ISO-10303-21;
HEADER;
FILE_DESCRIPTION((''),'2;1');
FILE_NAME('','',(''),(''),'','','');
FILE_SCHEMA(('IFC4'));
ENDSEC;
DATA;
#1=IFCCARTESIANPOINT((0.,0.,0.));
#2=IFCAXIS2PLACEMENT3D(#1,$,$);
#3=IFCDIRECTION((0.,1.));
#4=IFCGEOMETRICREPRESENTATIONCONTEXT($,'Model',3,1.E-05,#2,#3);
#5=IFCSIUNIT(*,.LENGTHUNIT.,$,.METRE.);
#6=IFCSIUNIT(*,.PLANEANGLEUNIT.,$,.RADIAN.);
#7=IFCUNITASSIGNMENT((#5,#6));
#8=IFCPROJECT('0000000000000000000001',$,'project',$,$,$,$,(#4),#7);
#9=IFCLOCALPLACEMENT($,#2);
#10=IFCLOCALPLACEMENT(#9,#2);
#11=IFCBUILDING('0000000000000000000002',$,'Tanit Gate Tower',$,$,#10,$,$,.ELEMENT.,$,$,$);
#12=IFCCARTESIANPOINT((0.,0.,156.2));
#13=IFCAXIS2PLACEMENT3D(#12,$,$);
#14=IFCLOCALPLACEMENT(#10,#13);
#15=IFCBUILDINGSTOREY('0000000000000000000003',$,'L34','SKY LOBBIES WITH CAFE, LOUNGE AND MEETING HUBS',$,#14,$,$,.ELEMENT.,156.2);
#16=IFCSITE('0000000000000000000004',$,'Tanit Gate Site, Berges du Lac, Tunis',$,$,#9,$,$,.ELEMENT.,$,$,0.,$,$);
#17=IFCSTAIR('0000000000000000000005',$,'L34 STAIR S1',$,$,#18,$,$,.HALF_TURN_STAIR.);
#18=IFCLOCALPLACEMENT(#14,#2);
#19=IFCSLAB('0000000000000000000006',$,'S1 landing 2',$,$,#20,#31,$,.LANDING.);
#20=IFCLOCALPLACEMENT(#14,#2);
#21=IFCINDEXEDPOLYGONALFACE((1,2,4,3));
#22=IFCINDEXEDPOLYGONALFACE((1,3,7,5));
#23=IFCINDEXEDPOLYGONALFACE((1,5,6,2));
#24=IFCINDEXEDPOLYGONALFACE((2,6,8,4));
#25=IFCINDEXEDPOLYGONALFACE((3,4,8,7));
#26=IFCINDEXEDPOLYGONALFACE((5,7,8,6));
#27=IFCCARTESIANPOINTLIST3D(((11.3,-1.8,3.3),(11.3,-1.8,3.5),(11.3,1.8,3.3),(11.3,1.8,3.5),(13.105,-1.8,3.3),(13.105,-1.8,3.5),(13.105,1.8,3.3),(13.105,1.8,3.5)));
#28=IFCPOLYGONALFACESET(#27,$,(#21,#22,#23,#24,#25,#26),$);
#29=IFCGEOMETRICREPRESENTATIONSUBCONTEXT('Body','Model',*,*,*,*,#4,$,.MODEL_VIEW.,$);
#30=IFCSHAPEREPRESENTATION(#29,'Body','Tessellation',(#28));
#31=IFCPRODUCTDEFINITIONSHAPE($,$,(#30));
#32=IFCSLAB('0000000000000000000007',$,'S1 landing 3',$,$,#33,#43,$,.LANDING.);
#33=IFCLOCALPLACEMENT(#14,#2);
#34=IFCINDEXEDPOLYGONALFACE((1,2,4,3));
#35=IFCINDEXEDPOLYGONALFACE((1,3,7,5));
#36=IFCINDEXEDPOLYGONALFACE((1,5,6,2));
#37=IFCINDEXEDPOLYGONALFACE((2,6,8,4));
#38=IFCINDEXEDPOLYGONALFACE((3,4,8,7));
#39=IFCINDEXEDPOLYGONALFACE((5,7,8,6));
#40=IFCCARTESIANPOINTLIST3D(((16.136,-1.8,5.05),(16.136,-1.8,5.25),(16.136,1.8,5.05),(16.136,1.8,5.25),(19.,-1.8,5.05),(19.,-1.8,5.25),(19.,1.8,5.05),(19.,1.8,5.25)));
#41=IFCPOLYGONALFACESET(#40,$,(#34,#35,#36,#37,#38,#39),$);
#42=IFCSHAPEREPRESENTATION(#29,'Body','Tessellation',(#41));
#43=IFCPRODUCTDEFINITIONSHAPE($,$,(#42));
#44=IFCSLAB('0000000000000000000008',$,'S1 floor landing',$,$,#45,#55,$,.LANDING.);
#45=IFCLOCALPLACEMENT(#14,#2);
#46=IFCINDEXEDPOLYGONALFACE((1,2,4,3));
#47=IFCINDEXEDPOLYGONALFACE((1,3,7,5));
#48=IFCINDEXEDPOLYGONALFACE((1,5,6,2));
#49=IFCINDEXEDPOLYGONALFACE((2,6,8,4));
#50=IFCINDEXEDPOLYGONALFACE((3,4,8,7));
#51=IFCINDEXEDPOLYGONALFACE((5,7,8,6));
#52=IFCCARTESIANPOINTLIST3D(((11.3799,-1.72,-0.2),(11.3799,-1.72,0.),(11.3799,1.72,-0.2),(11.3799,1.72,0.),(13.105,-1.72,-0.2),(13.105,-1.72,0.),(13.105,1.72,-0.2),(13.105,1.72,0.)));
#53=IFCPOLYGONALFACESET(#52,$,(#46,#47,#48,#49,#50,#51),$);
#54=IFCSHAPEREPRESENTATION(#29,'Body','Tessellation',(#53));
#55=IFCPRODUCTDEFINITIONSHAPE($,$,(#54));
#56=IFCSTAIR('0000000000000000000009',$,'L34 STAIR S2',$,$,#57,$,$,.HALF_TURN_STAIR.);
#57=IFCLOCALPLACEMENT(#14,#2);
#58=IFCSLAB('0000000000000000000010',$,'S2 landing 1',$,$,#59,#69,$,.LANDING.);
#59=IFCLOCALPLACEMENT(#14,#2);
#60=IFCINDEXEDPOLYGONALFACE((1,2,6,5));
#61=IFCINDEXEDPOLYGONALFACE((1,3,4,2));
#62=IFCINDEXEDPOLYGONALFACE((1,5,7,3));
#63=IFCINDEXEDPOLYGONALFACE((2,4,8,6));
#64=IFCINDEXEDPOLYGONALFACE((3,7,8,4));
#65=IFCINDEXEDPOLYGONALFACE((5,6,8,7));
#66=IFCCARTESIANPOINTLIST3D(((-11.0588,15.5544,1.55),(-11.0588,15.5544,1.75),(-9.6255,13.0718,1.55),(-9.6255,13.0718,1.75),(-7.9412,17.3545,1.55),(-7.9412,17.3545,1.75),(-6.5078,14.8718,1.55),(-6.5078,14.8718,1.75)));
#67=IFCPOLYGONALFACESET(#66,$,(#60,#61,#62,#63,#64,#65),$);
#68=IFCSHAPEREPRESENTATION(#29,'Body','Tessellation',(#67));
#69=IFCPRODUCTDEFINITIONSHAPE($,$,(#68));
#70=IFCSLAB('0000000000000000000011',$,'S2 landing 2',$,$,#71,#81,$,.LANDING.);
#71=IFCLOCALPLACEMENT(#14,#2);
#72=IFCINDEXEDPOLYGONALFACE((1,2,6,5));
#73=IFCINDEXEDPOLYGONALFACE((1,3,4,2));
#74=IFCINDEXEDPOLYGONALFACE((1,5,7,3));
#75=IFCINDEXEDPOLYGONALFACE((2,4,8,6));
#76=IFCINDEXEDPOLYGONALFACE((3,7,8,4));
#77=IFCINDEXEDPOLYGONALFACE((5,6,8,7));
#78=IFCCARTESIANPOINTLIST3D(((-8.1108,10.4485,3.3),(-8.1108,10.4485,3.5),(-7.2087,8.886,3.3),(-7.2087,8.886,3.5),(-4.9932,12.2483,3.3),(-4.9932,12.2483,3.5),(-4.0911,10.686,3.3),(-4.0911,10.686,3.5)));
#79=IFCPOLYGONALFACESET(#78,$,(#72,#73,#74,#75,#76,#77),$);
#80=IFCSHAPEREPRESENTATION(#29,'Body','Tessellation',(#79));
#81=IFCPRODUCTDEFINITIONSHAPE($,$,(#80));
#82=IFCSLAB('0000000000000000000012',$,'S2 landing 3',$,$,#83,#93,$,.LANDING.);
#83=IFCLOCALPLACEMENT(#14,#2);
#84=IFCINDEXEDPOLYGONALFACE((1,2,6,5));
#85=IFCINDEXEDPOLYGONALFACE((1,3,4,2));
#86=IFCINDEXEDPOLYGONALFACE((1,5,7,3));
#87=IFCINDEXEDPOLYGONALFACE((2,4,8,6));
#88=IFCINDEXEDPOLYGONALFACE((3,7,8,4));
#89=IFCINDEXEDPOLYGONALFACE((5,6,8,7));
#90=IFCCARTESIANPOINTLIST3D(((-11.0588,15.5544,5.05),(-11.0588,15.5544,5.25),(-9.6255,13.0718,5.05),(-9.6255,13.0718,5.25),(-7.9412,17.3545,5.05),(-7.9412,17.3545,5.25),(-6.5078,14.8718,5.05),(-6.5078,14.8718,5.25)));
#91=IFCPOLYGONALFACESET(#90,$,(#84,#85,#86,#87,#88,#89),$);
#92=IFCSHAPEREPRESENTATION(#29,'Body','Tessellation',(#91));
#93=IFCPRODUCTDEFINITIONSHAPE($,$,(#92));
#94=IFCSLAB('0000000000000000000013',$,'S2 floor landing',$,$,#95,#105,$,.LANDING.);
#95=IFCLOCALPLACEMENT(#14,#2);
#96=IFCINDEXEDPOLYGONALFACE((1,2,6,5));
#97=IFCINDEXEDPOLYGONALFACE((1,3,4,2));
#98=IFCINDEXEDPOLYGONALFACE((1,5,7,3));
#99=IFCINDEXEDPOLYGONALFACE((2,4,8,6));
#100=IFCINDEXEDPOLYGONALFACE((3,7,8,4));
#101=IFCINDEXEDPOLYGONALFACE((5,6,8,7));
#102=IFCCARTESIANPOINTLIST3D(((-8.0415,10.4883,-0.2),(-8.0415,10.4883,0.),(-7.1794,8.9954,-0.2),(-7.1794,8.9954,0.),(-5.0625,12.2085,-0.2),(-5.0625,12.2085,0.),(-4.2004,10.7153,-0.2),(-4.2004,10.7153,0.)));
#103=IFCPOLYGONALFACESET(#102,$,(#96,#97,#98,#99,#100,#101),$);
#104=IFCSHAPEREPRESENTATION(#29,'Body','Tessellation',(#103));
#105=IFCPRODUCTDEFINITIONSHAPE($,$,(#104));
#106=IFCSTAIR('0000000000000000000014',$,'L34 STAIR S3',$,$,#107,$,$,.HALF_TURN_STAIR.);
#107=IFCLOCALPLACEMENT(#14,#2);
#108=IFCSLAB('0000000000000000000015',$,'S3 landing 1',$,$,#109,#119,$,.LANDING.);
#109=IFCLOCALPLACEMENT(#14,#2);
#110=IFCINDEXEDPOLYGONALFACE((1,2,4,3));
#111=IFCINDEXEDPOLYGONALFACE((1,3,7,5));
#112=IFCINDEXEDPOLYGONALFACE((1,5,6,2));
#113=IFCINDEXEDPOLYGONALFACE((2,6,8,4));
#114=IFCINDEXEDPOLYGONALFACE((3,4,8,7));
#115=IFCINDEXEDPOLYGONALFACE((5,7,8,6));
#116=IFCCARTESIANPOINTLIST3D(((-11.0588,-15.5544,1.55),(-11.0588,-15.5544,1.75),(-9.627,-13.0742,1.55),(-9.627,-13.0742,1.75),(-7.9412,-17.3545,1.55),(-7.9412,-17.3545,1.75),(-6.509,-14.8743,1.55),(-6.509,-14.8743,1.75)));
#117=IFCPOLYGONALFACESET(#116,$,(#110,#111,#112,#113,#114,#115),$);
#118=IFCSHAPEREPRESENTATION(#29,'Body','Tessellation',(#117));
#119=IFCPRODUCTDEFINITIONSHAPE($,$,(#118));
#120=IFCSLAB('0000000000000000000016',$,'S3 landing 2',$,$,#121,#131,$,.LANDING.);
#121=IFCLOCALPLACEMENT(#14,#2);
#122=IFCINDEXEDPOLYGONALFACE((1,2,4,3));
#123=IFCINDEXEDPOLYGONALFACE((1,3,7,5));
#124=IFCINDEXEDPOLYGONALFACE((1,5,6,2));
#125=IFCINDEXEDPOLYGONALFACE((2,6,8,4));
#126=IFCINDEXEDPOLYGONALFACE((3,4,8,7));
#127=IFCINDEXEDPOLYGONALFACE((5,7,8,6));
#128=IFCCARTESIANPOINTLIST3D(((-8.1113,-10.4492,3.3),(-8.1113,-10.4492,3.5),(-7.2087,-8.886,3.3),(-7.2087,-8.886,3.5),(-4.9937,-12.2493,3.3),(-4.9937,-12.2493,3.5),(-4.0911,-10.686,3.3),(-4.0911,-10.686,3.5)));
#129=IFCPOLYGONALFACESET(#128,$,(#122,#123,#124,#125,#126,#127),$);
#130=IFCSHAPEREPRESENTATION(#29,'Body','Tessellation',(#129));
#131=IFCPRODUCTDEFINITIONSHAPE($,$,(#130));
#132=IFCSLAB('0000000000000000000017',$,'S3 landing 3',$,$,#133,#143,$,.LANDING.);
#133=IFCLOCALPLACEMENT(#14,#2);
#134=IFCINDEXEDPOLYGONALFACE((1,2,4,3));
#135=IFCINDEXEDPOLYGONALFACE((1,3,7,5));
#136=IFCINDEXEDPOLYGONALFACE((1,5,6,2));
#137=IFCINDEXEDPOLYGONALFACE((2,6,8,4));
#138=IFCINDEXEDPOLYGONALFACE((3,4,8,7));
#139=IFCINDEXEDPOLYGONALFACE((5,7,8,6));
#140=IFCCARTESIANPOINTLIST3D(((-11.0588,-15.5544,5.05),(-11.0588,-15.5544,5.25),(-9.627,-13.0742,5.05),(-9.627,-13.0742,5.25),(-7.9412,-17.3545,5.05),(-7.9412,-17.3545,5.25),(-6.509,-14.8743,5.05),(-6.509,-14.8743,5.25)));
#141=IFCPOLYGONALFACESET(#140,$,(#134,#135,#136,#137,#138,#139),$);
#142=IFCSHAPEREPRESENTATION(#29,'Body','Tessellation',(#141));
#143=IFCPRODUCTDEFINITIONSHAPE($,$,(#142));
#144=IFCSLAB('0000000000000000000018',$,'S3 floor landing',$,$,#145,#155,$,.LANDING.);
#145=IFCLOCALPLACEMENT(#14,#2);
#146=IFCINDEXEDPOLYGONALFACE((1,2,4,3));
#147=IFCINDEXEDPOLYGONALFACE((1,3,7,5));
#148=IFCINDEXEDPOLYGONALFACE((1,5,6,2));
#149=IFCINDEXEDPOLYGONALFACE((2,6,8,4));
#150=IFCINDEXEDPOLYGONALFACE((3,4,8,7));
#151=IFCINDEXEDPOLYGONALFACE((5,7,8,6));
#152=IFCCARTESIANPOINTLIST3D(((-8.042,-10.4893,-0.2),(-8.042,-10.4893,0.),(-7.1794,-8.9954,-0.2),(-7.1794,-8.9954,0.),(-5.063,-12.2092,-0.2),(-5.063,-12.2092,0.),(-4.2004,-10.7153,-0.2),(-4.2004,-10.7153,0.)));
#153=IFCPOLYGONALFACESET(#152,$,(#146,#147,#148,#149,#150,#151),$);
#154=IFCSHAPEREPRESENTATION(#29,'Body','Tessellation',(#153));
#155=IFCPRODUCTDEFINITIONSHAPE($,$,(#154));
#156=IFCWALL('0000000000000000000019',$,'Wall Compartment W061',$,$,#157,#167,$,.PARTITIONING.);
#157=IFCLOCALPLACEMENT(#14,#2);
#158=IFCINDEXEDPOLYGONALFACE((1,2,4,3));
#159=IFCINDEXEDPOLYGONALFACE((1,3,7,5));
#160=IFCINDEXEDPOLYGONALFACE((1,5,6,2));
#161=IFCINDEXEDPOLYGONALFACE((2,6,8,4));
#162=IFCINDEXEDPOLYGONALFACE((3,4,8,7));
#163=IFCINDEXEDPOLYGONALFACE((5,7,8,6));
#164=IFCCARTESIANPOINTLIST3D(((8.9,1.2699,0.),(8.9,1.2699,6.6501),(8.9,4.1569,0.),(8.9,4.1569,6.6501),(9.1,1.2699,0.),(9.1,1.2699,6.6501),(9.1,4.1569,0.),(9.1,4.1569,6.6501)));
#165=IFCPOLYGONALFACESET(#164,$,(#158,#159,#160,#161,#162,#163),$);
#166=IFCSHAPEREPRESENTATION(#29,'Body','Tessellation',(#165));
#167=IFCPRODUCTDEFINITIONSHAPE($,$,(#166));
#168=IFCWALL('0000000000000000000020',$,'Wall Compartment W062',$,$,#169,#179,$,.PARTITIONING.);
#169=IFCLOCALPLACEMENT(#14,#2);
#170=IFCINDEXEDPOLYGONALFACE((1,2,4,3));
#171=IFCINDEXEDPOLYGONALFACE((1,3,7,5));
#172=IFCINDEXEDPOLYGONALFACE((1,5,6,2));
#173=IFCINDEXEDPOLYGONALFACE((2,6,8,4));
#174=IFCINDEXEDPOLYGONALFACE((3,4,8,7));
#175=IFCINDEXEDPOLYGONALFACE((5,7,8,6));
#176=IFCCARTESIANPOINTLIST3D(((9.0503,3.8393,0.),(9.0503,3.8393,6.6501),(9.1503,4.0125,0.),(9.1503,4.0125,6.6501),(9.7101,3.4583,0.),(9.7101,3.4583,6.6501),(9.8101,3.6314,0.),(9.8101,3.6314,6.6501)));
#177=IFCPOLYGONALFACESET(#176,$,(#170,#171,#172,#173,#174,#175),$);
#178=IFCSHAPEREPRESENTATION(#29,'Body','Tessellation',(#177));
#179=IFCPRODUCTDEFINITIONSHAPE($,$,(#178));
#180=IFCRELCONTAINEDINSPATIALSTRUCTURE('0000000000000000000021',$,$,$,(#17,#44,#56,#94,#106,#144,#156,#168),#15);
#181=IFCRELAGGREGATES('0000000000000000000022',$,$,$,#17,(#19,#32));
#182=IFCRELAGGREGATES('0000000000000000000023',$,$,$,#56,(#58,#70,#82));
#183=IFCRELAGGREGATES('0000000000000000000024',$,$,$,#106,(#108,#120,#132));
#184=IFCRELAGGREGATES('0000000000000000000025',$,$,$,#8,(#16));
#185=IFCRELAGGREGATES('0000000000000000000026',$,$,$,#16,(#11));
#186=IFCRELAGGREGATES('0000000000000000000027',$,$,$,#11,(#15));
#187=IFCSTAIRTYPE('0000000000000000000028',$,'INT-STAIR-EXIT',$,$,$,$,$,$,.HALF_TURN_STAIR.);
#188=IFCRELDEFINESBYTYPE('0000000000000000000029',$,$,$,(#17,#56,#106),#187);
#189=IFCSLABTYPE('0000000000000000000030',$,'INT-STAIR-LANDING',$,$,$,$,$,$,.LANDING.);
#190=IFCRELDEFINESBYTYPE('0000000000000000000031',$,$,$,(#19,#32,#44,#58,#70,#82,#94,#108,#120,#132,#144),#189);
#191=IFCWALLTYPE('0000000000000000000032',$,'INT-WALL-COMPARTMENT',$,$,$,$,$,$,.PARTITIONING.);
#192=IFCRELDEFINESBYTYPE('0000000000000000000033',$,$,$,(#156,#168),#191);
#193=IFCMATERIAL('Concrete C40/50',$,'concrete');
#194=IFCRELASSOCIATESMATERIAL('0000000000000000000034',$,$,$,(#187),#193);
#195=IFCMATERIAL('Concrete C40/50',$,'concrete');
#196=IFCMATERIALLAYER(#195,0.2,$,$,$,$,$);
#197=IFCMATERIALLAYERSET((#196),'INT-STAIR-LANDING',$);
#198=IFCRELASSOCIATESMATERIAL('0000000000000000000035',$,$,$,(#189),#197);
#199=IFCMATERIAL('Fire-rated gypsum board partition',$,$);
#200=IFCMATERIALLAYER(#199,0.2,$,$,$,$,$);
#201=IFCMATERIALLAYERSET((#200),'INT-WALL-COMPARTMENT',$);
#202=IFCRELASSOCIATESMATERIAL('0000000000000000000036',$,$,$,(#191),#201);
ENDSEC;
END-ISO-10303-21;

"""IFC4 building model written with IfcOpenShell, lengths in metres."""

from ifc_helpers import new_model, si_unit, direction, frame, frame_2d, origin, place, context, subcontext, project, spatial, polyline, rectangle, outline, extrude, material, layer, layer_set, type_object, element, aggregate, save


model = new_model("IFC4")

# Units and contexts
model_context = context("Model", 3, precision=1e-05, world=origin(), true_north=direction((0.0, 1.0)))
body_context = subcontext(model_context, "Body", "Model", "MODEL_VIEW")
ifc_project = project(units=[si_unit("LENGTHUNIT", "METRE"), si_unit("PLANEANGLEUNIT", "RADIAN")], contexts=[model_context])

# Site, building, storey
site_placement = place(None, origin())
site = spatial("IfcSite", under=ifc_project, at=site_placement, Name="Tanit Gate Site, Berges du Lac, Tunis", CompositionType="ELEMENT", RefElevation=0.0)
building_placement = place(site_placement, origin())
building = spatial("IfcBuilding", under=site, at=building_placement, Name="Tanit Gate Tower", CompositionType="ELEMENT")
storey_placement = place(building_placement, frame((0.0, 0.0, 156.2)))
storey = spatial("IfcBuildingStorey", under=building, at=storey_placement, Name="L34", Description="SKY LOBBIES WITH CAFE, LOUNGE AND MEETING HUBS", CompositionType="ELEMENT", Elevation=156.2)

# Stair, slabs
ifc_material_1 = material(Name="Concrete C40/50", Category="concrete")
stair_type = type_object("IfcStairType", Name="INT-STAIR-EXIT", PredefinedType="HALF_TURN_STAIR", material=ifc_material_1)
stair_1_placement = place(storey_placement, origin())
stair_1 = element("IfcStair", 1, at=stair_1_placement, inside=storey, type_object=stair_type, Name="L34 STAIR S1", PredefinedType="HALF_TURN_STAIR")
ifc_material_2 = material(Name="Concrete C40/50", Category="concrete")
ifc_layer_1 = layer(ifc_material_2, 0.2)
ifc_layer_set_1 = layer_set([ifc_layer_1], Name="INT-STAIR-LANDING")
slab_type = type_object("IfcSlabType", Name="INT-STAIR-LANDING", PredefinedType="LANDING", material=ifc_layer_set_1)
slab_1_placement = place(storey_placement, frame((0.0, 0.0, 3.3)))
slab_1 = element("IfcSlab", 2, at=slab_1_placement, type_object=slab_type, Name="S1 landing 2", PredefinedType="LANDING", context=body_context, shape_type="SweptSolid", body=[
    extrude(outline(polyline([(11.3, -1.8), (13.105, -1.8), (13.105, 1.8), (11.3, 1.8), (11.3, -1.8)])), origin(), (0.0, 0.0, 1.0), 0.2),
])
slab_2_placement = place(storey_placement, frame((0.0, 0.0, 5.05)))
slab_2 = element("IfcSlab", 3, at=slab_2_placement, type_object=slab_type, Name="S1 landing 3", PredefinedType="LANDING", context=body_context, shape_type="SweptSolid", body=[
    extrude(outline(polyline([(16.136, -1.8), (19.0, -1.8), (19.0, 1.8), (16.136, 1.8), (16.136, -1.8)])), origin(), (0.0, 0.0, 1.0), 0.2),
])
aggregate(stair_1, [slab_1, slab_2])

# Slab
slab_3_placement = place(storey_placement, frame((0.0, 0.0, -0.2)))
element("IfcSlab", 4, at=slab_3_placement, inside=storey, type_object=slab_type, Name="S1 floor landing", PredefinedType="LANDING", context=body_context, shape_type="SweptSolid", body=[
    extrude(outline(polyline([(11.3799, -1.72), (13.105, -1.72), (13.105, 1.72), (11.3799, 1.72), (11.3799, -1.72)])), origin(), (0.0, 0.0, 1.0), 0.2),
])

# Stair, slabs
stair_2_placement = place(storey_placement, origin())
stair_2 = element("IfcStair", 5, at=stair_2_placement, inside=storey, type_object=stair_type, Name="L34 STAIR S2", PredefinedType="HALF_TURN_STAIR")
slab_4_placement = place(storey_placement, frame((0.0, 0.0, 1.55)))
slab_4 = element("IfcSlab", 6, at=slab_4_placement, type_object=slab_type, Name="S2 landing 1", PredefinedType="LANDING", context=body_context, shape_type="SweptSolid", body=[
    extrude(outline(polyline([(-6.5078, 14.8718), (-7.9412, 17.3545), (-11.0588, 15.5544), (-9.6255, 13.0718), (-6.5078, 14.8718)])), origin(), (0.0, 0.0, 1.0), 0.2),
])
slab_5_placement = place(storey_placement, frame((0.0, 0.0, 3.3)))
slab_5 = element("IfcSlab", 7, at=slab_5_placement, type_object=slab_type, Name="S2 landing 2", PredefinedType="LANDING", context=body_context, shape_type="SweptSolid", body=[
    extrude(outline(polyline([(-4.0911, 10.686), (-4.9932, 12.2483), (-8.1108, 10.4485), (-7.2087, 8.886), (-4.0911, 10.686)])), origin(), (0.0, 0.0, 1.0), 0.2),
])
slab_6_placement = place(storey_placement, frame((0.0, 0.0, 5.05)))
slab_6 = element("IfcSlab", 8, at=slab_6_placement, type_object=slab_type, Name="S2 landing 3", PredefinedType="LANDING", context=body_context, shape_type="SweptSolid", body=[
    extrude(outline(polyline([(-6.5078, 14.8718), (-7.9412, 17.3545), (-11.0588, 15.5544), (-9.6255, 13.0718), (-6.5078, 14.8718)])), origin(), (0.0, 0.0, 1.0), 0.2),
])
aggregate(stair_2, [slab_4, slab_5, slab_6])

# Slab
slab_7_placement = place(storey_placement, frame((0.0, 0.0, -0.2)))
element("IfcSlab", 9, at=slab_7_placement, inside=storey, type_object=slab_type, Name="S2 floor landing", PredefinedType="LANDING", context=body_context, shape_type="SweptSolid", body=[
    extrude(outline(polyline([(-4.2004, 10.7153), (-5.0625, 12.2085), (-8.0415, 10.4883), (-7.1794, 8.9954), (-4.2004, 10.7153)])), origin(), (0.0, 0.0, 1.0), 0.2),
])

# Stair, slabs
stair_3_placement = place(storey_placement, origin())
stair_3 = element("IfcStair", 10, at=stair_3_placement, inside=storey, type_object=stair_type, Name="L34 STAIR S3", PredefinedType="HALF_TURN_STAIR")
slab_8_placement = place(storey_placement, frame((0.0, 0.0, 1.55)))
slab_8 = element("IfcSlab", 11, at=slab_8_placement, type_object=slab_type, Name="S3 landing 1", PredefinedType="LANDING", context=body_context, shape_type="SweptSolid", body=[
    extrude(outline(polyline([(-9.627, -13.0742), (-11.0588, -15.5544), (-7.9412, -17.3545), (-6.509, -14.8743), (-9.627, -13.0742)])), origin(), (0.0, 0.0, 1.0), 0.2),
])
slab_9_placement = place(storey_placement, frame((0.0, 0.0, 3.3)))
slab_9 = element("IfcSlab", 12, at=slab_9_placement, type_object=slab_type, Name="S3 landing 2", PredefinedType="LANDING", context=body_context, shape_type="SweptSolid", body=[
    extrude(outline(polyline([(-7.2087, -8.886), (-8.1113, -10.4492), (-4.9937, -12.2493), (-4.0911, -10.686), (-7.2087, -8.886)])), origin(), (0.0, 0.0, 1.0), 0.2),
])
slab_10_placement = place(storey_placement, frame((0.0, 0.0, 5.05)))
slab_10 = element("IfcSlab", 13, at=slab_10_placement, type_object=slab_type, Name="S3 landing 3", PredefinedType="LANDING", context=body_context, shape_type="SweptSolid", body=[
    extrude(outline(polyline([(-9.627, -13.0742), (-11.0588, -15.5544), (-7.9412, -17.3545), (-6.509, -14.8743), (-9.627, -13.0742)])), origin(), (0.0, 0.0, 1.0), 0.2),
])
aggregate(stair_3, [slab_8, slab_9, slab_10])

# Slab
slab_11_placement = place(storey_placement, frame((0.0, 0.0, -0.2)))
element("IfcSlab", 14, at=slab_11_placement, inside=storey, type_object=slab_type, Name="S3 floor landing", PredefinedType="LANDING", context=body_context, shape_type="SweptSolid", body=[
    extrude(outline(polyline([(-7.1794, -8.9954), (-8.042, -10.4893), (-5.063, -12.2092), (-4.2004, -10.7153), (-7.1794, -8.9954)])), origin(), (0.0, 0.0, 1.0), 0.2),
])

# Walls
ifc_material_3 = material(Name="Fire-rated gypsum board partition")
ifc_layer_2 = layer(ifc_material_3, 0.2)
ifc_layer_set_2 = layer_set([ifc_layer_2], Name="INT-WALL-COMPARTMENT")
wall_type_1 = type_object("IfcWallType", Name="INT-WALL-COMPARTMENT", PredefinedType="PARTITIONING", material=ifc_layer_set_2)
wall_1_placement = place(storey_placement, frame((9.0, 1.27, 0.0), z_axis=(0.0, 0.0, 1.0), x_axis=(0.0, 1.0, 0.0)))
element("IfcWall", 15, at=wall_1_placement, inside=storey, type_object=wall_type_1, Name="Wall Compartment W061", PredefinedType="PARTITIONING", context=body_context, shape_type="SweptSolid", body=[
    extrude(rectangle(XDim=2.887, YDim=0.2, at=frame_2d((1.4434, 0.0))), origin(), (0.0, 0.0, 1.0), 6.6501),
])
wall_2_placement = place(storey_placement, frame((9.76, 3.5449, 0.0), z_axis=(0.0, 0.0, 1.0), x_axis=(-0.865967, 0.500101, 0.0)))
element("IfcWall", 16, at=wall_2_placement, inside=storey, type_object=wall_type_1, Name="Wall Compartment W062", PredefinedType="PARTITIONING", context=body_context, shape_type="SweptSolid", body=[
    extrude(rectangle(XDim=0.762, YDim=0.2, at=frame_2d((0.3809, 0.0))), origin(), (0.0, 0.0, 1.0), 6.6501),
])

save(model, "model.ifc")
